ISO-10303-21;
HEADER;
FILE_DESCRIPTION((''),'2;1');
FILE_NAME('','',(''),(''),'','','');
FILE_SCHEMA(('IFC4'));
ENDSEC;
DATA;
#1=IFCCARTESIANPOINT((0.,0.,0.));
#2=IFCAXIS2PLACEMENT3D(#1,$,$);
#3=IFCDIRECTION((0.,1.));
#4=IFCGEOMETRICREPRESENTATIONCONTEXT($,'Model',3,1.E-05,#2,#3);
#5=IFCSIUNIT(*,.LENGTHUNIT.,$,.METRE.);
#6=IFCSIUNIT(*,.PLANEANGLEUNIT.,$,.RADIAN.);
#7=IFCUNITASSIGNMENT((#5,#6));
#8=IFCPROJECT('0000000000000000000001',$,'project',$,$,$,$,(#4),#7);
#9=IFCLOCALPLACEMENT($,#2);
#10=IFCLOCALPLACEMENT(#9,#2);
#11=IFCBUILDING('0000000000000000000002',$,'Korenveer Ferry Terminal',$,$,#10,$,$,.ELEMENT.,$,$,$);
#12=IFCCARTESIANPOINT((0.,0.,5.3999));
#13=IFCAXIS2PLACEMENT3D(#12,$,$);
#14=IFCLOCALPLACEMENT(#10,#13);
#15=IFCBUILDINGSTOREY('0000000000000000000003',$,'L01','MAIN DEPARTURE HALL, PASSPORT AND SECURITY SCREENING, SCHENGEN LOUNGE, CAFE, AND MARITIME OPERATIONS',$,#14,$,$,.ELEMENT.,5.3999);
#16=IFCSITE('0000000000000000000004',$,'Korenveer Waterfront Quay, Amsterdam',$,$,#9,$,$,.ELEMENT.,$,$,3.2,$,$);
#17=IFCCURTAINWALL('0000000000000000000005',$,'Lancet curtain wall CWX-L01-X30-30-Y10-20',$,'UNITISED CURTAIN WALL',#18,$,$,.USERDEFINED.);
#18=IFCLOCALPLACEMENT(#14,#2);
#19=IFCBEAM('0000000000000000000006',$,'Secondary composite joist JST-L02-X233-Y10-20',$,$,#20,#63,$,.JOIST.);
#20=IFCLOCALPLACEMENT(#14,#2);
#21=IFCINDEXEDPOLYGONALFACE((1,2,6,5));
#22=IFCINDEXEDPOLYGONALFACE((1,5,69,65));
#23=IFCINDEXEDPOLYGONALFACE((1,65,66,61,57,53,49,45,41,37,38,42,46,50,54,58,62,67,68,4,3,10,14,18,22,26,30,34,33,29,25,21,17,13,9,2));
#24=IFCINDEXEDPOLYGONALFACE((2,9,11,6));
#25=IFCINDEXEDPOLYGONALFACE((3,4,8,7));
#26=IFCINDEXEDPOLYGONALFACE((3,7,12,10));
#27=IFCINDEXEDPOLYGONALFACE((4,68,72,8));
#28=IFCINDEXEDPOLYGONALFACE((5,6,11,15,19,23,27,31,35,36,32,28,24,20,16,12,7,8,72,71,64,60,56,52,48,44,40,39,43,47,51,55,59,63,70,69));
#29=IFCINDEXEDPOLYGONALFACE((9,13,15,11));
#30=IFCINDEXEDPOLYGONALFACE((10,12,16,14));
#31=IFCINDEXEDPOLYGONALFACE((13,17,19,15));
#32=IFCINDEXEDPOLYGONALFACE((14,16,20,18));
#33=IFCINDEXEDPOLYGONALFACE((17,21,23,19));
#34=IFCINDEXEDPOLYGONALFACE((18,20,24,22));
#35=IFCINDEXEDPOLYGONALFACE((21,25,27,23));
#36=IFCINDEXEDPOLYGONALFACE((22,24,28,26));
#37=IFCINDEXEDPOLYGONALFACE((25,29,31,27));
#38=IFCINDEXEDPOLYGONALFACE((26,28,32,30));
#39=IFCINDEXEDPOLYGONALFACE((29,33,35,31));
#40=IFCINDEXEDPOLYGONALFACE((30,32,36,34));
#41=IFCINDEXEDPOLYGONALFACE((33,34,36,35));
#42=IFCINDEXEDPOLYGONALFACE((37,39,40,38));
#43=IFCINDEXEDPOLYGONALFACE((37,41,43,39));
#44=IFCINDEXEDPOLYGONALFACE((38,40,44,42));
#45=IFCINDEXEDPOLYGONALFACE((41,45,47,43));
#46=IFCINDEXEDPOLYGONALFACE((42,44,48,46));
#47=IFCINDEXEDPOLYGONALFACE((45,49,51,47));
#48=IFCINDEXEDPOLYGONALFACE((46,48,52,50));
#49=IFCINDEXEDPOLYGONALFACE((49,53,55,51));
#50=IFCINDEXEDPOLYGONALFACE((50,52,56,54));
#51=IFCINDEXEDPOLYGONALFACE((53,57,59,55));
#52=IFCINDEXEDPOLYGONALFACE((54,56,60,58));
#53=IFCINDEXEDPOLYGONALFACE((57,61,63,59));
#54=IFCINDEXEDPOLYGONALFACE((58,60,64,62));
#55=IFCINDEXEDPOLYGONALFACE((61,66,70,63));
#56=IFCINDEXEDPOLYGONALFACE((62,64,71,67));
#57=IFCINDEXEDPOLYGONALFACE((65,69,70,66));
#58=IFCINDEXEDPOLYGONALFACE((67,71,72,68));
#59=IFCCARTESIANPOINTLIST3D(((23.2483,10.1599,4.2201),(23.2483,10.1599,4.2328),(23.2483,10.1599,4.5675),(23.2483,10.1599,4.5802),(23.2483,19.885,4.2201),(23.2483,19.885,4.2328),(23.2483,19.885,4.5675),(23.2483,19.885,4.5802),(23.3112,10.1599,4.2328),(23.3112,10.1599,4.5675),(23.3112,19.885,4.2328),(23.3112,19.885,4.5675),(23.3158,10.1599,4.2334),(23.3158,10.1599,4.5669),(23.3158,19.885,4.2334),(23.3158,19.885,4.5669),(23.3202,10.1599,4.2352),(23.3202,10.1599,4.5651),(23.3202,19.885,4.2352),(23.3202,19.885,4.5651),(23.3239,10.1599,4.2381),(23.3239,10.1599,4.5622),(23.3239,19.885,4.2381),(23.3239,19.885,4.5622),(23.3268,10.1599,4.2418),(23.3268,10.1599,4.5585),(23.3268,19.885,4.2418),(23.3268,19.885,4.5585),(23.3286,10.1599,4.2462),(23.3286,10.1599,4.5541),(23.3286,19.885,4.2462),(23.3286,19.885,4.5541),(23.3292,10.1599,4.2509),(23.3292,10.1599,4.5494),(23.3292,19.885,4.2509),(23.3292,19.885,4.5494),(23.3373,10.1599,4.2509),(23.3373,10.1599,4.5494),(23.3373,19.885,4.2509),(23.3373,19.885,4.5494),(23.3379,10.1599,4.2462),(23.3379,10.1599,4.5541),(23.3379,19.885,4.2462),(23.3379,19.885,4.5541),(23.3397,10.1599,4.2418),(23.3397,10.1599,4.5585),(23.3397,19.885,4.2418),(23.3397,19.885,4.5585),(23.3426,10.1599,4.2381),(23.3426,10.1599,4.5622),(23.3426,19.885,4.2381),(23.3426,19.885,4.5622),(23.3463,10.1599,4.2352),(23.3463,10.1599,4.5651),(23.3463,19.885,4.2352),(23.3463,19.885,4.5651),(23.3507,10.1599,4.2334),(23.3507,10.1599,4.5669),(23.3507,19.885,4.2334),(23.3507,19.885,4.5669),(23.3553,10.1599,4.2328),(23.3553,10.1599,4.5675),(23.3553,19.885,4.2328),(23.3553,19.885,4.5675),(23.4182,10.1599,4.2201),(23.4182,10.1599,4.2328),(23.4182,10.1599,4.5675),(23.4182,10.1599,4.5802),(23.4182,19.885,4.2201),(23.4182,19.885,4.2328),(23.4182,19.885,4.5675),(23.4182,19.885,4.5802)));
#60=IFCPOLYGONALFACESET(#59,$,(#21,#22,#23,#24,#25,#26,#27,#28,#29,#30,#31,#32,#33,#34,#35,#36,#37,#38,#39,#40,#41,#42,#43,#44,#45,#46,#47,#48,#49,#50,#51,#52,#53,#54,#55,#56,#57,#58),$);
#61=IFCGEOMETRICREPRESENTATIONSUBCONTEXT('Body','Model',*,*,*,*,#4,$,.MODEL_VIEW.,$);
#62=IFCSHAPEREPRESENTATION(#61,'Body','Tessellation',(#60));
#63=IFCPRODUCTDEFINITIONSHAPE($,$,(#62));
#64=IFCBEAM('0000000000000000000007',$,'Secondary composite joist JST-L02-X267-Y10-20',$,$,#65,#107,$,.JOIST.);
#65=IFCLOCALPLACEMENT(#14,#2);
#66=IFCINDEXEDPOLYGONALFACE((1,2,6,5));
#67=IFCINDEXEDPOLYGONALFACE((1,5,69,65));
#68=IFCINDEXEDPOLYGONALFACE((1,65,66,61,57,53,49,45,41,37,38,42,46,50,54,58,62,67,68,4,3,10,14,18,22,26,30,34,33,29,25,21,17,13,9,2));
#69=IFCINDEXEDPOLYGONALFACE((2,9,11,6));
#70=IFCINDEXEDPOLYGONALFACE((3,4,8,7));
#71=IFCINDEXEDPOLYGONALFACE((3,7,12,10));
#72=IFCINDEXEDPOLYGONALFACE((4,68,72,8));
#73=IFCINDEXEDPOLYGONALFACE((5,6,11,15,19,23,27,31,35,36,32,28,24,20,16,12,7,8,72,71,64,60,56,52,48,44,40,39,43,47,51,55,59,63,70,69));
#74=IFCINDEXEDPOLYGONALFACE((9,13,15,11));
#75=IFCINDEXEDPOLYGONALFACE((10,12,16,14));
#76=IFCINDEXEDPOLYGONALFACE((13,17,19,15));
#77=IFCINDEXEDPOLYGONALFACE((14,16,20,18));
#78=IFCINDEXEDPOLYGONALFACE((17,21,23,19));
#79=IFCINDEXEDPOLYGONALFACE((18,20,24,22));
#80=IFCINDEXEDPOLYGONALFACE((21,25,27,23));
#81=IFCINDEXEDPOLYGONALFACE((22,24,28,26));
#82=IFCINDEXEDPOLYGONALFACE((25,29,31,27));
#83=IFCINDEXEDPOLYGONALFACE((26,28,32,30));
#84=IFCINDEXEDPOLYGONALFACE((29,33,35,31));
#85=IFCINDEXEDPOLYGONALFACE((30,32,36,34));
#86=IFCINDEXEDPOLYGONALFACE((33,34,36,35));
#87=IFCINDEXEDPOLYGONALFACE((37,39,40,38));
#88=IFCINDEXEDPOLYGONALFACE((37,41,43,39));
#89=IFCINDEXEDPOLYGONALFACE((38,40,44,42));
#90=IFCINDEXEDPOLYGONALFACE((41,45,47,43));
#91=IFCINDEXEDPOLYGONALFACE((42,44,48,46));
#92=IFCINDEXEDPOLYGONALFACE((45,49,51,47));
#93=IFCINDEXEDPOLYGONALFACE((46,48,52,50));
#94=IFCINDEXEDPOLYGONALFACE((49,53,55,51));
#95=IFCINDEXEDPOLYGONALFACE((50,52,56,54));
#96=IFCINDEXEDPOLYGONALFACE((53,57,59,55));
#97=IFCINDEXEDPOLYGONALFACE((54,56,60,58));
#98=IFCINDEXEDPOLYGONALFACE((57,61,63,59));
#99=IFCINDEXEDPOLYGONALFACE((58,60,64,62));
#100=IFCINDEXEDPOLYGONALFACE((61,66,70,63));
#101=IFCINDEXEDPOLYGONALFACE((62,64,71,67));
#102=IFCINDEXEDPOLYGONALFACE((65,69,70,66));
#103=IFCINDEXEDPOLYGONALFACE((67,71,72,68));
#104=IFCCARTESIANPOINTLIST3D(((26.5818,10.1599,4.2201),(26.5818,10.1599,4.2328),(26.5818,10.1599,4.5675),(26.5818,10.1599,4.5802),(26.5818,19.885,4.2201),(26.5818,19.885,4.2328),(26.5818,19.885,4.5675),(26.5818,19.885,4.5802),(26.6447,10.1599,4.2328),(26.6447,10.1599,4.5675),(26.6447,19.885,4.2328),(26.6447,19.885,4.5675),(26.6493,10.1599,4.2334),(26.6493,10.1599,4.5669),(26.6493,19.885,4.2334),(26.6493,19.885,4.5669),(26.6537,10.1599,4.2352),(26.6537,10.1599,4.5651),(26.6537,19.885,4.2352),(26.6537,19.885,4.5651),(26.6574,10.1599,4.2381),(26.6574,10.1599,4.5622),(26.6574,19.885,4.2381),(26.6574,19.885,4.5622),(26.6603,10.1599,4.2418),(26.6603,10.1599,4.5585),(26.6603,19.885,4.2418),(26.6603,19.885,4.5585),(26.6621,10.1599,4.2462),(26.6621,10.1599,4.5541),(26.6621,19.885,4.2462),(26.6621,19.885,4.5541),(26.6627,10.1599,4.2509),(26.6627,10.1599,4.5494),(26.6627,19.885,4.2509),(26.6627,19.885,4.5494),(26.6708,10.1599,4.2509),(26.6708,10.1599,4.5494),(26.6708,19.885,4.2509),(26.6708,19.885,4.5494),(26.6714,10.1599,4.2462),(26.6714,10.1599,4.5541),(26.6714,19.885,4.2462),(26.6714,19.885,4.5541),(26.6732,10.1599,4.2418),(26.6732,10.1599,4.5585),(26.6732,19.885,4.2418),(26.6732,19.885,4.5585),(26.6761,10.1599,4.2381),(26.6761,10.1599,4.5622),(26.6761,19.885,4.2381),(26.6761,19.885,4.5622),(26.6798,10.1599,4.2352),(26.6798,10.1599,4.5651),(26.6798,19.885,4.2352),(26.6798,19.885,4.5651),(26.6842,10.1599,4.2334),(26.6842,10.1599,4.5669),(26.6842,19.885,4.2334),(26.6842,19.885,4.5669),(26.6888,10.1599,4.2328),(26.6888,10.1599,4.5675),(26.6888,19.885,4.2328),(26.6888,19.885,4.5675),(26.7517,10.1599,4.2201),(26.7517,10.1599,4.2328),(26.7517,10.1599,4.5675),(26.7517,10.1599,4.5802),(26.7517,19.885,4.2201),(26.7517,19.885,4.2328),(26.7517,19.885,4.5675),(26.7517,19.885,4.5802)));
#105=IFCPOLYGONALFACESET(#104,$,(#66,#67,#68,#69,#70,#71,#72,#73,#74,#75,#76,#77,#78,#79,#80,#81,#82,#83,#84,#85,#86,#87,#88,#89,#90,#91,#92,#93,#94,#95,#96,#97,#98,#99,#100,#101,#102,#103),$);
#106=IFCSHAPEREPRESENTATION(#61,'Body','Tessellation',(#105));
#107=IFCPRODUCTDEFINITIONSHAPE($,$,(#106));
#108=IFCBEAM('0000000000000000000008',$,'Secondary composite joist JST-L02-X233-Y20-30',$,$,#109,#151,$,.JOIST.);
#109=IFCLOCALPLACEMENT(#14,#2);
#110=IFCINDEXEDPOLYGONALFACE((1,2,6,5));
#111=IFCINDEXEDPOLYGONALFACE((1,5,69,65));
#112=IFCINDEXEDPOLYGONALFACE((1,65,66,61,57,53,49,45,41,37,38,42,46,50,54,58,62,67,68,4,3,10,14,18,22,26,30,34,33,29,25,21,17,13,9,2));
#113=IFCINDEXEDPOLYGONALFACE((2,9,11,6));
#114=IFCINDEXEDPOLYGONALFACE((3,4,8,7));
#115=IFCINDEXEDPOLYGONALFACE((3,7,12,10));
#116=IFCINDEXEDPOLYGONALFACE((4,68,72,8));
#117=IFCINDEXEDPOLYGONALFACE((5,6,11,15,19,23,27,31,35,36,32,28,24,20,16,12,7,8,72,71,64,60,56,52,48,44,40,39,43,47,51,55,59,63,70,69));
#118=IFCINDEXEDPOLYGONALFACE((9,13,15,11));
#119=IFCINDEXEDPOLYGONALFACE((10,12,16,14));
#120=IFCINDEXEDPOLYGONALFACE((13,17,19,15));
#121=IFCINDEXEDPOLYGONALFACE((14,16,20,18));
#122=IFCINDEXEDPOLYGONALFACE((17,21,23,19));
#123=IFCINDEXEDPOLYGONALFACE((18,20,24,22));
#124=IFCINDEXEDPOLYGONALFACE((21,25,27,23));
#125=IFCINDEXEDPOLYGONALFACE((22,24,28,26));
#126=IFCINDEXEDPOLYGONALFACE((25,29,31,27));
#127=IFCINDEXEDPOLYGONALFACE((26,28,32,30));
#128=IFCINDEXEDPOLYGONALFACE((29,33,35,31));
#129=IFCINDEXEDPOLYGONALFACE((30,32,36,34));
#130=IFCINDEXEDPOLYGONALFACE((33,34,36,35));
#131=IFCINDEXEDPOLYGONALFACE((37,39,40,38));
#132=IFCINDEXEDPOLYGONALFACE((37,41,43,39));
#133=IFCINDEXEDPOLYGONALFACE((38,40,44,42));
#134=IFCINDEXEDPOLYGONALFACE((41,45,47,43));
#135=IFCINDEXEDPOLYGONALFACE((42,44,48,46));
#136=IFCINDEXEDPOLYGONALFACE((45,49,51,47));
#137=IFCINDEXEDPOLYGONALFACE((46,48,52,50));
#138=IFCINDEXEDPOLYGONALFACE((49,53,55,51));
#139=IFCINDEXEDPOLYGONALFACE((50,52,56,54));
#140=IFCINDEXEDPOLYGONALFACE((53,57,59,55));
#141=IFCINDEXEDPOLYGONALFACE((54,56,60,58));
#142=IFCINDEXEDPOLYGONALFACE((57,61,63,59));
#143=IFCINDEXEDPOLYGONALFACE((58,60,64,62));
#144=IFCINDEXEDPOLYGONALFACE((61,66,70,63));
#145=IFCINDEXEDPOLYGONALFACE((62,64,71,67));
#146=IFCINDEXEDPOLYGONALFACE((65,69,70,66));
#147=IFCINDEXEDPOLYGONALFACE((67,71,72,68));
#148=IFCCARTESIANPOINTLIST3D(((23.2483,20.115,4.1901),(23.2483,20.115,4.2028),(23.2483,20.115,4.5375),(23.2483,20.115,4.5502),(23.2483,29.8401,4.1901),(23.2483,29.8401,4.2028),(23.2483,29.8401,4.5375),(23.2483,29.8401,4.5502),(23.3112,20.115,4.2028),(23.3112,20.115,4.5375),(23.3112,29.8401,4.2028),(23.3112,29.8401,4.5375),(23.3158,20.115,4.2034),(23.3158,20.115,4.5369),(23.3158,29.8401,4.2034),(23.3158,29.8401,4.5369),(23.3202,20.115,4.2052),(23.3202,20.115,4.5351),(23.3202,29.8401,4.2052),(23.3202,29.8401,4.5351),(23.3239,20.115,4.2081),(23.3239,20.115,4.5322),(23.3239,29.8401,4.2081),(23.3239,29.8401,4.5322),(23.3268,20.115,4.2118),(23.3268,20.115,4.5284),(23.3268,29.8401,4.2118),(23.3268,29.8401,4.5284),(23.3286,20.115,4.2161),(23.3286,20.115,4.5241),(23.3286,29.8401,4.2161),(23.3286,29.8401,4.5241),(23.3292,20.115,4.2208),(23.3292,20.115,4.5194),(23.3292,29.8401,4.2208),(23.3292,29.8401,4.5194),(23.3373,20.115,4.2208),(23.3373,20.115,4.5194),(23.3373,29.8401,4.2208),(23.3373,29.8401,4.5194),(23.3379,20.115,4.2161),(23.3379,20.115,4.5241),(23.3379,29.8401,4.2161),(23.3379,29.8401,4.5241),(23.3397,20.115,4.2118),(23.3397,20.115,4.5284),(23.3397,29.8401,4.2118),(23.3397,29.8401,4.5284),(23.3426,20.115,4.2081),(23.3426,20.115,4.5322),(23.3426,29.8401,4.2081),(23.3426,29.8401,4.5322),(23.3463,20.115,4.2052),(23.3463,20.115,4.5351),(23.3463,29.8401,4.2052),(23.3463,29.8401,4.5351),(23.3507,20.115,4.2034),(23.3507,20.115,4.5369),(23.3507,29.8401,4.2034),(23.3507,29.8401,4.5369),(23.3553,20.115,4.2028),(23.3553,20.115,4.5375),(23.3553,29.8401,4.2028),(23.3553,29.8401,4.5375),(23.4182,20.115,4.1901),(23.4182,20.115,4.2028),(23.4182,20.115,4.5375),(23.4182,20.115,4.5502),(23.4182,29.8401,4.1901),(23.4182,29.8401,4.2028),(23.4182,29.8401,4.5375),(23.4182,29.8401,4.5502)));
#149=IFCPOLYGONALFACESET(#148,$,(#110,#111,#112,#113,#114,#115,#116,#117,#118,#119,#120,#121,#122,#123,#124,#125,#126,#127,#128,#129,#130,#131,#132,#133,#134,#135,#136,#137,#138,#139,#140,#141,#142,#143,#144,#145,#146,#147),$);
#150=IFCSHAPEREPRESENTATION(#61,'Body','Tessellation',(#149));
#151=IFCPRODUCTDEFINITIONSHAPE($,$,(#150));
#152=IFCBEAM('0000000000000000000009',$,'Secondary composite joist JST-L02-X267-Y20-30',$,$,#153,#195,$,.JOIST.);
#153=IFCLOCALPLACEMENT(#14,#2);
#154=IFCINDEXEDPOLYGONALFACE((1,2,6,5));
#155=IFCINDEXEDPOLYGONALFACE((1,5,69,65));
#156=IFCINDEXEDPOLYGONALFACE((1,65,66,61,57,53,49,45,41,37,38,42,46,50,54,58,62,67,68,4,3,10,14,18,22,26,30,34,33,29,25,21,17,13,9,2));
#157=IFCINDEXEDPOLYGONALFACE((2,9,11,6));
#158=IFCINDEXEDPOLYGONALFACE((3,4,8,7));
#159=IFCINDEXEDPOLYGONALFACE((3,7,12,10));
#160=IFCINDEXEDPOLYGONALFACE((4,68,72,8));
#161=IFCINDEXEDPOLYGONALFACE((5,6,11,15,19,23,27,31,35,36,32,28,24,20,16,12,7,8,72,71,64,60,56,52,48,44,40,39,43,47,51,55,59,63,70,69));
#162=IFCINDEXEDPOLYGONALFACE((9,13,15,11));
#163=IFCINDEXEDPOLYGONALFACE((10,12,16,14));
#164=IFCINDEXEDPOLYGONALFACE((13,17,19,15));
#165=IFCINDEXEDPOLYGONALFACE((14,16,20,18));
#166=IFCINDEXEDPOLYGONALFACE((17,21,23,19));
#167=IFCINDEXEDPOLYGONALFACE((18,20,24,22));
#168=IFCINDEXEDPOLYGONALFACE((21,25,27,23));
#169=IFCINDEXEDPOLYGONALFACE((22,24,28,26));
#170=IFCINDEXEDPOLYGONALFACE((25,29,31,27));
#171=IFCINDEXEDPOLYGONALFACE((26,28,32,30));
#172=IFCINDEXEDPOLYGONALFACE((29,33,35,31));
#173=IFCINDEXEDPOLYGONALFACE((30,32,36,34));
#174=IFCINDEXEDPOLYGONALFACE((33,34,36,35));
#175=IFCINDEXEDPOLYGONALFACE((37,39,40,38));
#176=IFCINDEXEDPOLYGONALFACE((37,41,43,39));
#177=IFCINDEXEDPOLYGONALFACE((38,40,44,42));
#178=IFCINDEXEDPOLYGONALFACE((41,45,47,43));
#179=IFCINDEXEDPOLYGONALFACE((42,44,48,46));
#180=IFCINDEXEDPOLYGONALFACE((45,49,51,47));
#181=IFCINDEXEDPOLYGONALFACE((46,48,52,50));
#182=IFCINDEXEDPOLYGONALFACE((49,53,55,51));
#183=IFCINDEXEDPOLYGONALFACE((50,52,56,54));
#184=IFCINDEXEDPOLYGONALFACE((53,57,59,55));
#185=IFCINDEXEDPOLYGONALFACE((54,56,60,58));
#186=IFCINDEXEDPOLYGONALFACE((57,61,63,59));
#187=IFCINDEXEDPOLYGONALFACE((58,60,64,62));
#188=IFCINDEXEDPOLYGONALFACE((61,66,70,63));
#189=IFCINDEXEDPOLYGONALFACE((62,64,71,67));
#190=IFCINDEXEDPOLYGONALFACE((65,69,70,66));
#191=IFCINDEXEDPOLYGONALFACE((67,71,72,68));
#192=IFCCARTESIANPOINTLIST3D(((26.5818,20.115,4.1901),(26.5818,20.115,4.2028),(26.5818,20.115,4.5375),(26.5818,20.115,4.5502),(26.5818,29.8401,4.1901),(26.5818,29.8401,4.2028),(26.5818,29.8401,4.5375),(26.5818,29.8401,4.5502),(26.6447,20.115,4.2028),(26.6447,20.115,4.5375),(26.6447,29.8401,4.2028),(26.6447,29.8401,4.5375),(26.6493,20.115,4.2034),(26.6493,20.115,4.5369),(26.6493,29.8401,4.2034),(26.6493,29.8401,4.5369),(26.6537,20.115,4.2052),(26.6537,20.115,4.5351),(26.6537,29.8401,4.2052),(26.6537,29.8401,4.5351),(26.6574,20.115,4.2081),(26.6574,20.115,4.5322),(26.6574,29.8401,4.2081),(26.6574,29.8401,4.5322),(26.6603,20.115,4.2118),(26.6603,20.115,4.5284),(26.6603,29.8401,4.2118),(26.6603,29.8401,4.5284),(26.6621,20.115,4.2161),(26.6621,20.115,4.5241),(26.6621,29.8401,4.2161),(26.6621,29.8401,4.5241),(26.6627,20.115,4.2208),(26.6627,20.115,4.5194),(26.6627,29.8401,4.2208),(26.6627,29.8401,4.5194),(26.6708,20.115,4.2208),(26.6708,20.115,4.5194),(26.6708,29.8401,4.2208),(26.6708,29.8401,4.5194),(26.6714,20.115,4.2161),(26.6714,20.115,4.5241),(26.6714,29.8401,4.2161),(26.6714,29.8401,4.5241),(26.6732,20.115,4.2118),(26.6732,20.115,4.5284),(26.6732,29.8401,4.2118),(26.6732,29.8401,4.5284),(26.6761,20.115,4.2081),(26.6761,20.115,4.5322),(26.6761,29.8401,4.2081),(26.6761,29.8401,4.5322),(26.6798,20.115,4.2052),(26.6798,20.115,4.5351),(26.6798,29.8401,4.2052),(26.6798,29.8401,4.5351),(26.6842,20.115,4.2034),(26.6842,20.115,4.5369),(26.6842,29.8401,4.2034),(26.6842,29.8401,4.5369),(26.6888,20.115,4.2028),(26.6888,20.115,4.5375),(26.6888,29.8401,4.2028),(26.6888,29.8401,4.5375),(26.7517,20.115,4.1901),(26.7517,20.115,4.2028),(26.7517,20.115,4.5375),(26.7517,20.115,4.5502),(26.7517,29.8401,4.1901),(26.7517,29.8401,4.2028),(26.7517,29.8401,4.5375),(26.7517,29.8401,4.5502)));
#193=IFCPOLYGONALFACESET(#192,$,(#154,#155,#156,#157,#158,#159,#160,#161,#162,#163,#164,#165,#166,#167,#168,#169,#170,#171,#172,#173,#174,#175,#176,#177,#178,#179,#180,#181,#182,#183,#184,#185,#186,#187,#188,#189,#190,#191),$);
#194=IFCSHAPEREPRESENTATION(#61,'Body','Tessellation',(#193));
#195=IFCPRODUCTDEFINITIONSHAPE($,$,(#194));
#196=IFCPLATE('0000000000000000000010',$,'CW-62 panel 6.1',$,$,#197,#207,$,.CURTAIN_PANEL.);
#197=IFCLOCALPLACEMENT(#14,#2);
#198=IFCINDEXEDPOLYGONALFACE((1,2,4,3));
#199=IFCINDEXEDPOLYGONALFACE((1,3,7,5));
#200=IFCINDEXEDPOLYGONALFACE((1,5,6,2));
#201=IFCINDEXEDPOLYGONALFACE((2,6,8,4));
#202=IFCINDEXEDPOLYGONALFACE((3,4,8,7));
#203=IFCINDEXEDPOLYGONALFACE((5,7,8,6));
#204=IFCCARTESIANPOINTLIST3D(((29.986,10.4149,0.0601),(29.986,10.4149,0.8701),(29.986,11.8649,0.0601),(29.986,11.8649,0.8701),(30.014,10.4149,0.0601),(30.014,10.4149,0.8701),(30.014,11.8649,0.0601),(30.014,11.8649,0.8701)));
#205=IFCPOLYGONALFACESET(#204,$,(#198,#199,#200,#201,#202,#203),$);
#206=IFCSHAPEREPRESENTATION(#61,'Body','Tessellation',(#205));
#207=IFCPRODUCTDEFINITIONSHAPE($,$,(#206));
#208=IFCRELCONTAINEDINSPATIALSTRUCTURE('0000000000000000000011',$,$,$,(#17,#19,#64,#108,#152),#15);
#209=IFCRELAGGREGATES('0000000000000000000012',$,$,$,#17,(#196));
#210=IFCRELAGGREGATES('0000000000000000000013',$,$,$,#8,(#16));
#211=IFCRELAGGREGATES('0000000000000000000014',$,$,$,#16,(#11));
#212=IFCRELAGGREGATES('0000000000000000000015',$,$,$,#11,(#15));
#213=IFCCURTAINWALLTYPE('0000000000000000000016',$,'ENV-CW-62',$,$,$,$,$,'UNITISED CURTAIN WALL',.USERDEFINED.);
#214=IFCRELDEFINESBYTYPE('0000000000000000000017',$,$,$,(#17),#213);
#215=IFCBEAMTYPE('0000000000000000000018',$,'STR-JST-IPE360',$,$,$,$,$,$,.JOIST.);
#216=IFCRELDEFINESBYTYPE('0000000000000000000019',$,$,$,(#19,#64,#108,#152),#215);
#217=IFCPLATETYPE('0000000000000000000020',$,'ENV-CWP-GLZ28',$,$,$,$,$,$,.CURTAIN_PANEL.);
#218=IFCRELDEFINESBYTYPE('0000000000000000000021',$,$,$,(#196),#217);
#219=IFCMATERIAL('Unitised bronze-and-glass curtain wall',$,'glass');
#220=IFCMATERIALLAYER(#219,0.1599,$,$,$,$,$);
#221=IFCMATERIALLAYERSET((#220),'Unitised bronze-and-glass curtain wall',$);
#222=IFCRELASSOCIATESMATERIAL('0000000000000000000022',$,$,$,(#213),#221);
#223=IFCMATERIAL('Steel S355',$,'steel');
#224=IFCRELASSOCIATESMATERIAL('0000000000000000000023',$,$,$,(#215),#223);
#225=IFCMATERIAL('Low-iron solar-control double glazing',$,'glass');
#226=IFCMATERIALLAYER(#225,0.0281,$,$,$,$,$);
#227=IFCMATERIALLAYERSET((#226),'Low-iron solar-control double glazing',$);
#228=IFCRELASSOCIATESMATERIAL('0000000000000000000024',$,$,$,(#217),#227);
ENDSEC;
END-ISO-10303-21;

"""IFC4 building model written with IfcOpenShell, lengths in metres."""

from ifc_helpers import new_model, si_unit, direction, frame, origin, origin_2d, place, context, subcontext, project, spatial, rectangle, i_section, extrude, material, layer, layer_set, material_profile, profile_set, type_object, element, aggregate, save


model = new_model("IFC4")

# Units and contexts
model_context = context("Model", 3, precision=1e-05, world=origin(), true_north=direction((0.0, 1.0)))
body_context = subcontext(model_context, "Body", "Model", "MODEL_VIEW")
ifc_project = project(units=[si_unit("LENGTHUNIT", "METRE"), si_unit("PLANEANGLEUNIT", "RADIAN")], contexts=[model_context])

# Site, building, storey
site_placement = place(None, origin())
site = spatial("IfcSite", under=ifc_project, at=site_placement, Name="Korenveer Waterfront Quay, Amsterdam", CompositionType="ELEMENT", RefElevation=3.2)
building_placement = place(site_placement, origin())
building = spatial("IfcBuilding", under=site, at=building_placement, Name="Korenveer Ferry Terminal", CompositionType="ELEMENT")
storey_placement = place(building_placement, frame((0.0, 0.0, 5.3999)))
storey = spatial("IfcBuildingStorey", under=building, at=storey_placement, Name="L01", Description="MAIN DEPARTURE HALL, PASSPORT AND SECURITY SCREENING, SCHENGEN LOUNGE, CAFE, AND MARITIME OPERATIONS", CompositionType="ELEMENT", Elevation=5.3999)

# Curtain wall
ifc_material_1 = material(Name="Unitised bronze-and-glass curtain wall", Category="glass")
ifc_layer_1 = layer(ifc_material_1, 0.1599)
ifc_layer_set_1 = layer_set([ifc_layer_1], Name="Unitised bronze-and-glass curtain wall")
curtain_wall_type = type_object("IfcCurtainWallType", Name="ENV-CW-62", ElementType="UNITISED CURTAIN WALL", PredefinedType="USERDEFINED", material=ifc_layer_set_1)
curtain_wall_placement = place(storey_placement, frame((30.0, 19.595, 0.0)))
curtain_wall = element("IfcCurtainWall", 1, at=curtain_wall_placement, inside=storey, type_object=curtain_wall_type, Name="Lancet curtain wall CWX-L01-X30-30-Y10-20", ObjectType="UNITISED CURTAIN WALL", PredefinedType="USERDEFINED")

# Beams
ifc_material_2 = material(Name="Steel S355", Category="steel")
ifc_material_profile_1 = material_profile(ifc_material_2, i_section(OverallWidth=0.1699, OverallDepth=0.3601, WebThickness=0.0081, FlangeThickness=0.0127, FilletRadius=0.0181, at=origin_2d()), Name="IPE 360")
ifc_profile_set_1 = profile_set([ifc_material_profile_1], Name="Steel S355")
beam_type_1 = type_object("IfcBeamType", Name="STR-JST-IPE360", PredefinedType="JOIST", material=ifc_profile_set_1)
for number, where, z_axis, x_axis, name in (
    (2, (23.3333, 10.1599, 4.4001), (0.0, 1.0, 0.0), (-1.0, 0.0, 0.0), "Secondary composite joist JST-L02-X233-Y10-20"),
    (3, (26.6667, 10.1599, 4.4001), (0.0, 1.0, 0.0), (-1.0, 0.0, 0.0), "Secondary composite joist JST-L02-X267-Y10-20"),
    (4, (23.3333, 20.115, 4.3701), (0.0, 1.0, 0.0), (-1.0, 0.0, 0.0), "Secondary composite joist JST-L02-X233-Y20-30"),
    (5, (26.6667, 20.115, 4.3701), (0.0, 1.0, 0.0), (-1.0, 0.0, 0.0), "Secondary composite joist JST-L02-X267-Y20-30"),
):
    element("IfcBeam", number, at=place(storey_placement, frame(where, z_axis=z_axis, x_axis=x_axis)), inside=storey, type_object=beam_type_1, Name=name, PredefinedType="JOIST", context=body_context, shape_type="SweptSolid", body=[
        extrude(i_section(OverallWidth=0.1699, OverallDepth=0.3601, WebThickness=0.0081, FlangeThickness=0.0127, FilletRadius=0.0181, at=origin_2d()), origin(), (0.0, 0.0, 1.0), 9.7251),
    ])

# Plate
ifc_material_3 = material(Name="Low-iron solar-control double glazing", Category="glass")
ifc_layer_2 = layer(ifc_material_3, 0.0281)
ifc_layer_set_2 = layer_set([ifc_layer_2], Name="Low-iron solar-control double glazing")
plate_type = type_object("IfcPlateType", Name="ENV-CWP-GLZ28", PredefinedType="CURTAIN_PANEL", material=ifc_layer_set_2)
plate_1_placement = place(storey_placement, frame((30.0, 11.1399, 0.0601), z_axis=(0.0, 0.0, 1.0), x_axis=(0.0, -1.0, 0.0)))
plate_1 = element("IfcPlate", 6, at=plate_1_placement, type_object=plate_type, Name="CW-62 panel 6.1", PredefinedType="CURTAIN_PANEL", context=body_context, shape_type="SweptSolid", body=[
    extrude(rectangle(XDim=1.45, YDim=0.0281, at=origin_2d()), origin(), (0.0, 0.0, 1.0), 0.8101),
])
aggregate(curtain_wall, [plate_1])

save(model, "model.ifc")
